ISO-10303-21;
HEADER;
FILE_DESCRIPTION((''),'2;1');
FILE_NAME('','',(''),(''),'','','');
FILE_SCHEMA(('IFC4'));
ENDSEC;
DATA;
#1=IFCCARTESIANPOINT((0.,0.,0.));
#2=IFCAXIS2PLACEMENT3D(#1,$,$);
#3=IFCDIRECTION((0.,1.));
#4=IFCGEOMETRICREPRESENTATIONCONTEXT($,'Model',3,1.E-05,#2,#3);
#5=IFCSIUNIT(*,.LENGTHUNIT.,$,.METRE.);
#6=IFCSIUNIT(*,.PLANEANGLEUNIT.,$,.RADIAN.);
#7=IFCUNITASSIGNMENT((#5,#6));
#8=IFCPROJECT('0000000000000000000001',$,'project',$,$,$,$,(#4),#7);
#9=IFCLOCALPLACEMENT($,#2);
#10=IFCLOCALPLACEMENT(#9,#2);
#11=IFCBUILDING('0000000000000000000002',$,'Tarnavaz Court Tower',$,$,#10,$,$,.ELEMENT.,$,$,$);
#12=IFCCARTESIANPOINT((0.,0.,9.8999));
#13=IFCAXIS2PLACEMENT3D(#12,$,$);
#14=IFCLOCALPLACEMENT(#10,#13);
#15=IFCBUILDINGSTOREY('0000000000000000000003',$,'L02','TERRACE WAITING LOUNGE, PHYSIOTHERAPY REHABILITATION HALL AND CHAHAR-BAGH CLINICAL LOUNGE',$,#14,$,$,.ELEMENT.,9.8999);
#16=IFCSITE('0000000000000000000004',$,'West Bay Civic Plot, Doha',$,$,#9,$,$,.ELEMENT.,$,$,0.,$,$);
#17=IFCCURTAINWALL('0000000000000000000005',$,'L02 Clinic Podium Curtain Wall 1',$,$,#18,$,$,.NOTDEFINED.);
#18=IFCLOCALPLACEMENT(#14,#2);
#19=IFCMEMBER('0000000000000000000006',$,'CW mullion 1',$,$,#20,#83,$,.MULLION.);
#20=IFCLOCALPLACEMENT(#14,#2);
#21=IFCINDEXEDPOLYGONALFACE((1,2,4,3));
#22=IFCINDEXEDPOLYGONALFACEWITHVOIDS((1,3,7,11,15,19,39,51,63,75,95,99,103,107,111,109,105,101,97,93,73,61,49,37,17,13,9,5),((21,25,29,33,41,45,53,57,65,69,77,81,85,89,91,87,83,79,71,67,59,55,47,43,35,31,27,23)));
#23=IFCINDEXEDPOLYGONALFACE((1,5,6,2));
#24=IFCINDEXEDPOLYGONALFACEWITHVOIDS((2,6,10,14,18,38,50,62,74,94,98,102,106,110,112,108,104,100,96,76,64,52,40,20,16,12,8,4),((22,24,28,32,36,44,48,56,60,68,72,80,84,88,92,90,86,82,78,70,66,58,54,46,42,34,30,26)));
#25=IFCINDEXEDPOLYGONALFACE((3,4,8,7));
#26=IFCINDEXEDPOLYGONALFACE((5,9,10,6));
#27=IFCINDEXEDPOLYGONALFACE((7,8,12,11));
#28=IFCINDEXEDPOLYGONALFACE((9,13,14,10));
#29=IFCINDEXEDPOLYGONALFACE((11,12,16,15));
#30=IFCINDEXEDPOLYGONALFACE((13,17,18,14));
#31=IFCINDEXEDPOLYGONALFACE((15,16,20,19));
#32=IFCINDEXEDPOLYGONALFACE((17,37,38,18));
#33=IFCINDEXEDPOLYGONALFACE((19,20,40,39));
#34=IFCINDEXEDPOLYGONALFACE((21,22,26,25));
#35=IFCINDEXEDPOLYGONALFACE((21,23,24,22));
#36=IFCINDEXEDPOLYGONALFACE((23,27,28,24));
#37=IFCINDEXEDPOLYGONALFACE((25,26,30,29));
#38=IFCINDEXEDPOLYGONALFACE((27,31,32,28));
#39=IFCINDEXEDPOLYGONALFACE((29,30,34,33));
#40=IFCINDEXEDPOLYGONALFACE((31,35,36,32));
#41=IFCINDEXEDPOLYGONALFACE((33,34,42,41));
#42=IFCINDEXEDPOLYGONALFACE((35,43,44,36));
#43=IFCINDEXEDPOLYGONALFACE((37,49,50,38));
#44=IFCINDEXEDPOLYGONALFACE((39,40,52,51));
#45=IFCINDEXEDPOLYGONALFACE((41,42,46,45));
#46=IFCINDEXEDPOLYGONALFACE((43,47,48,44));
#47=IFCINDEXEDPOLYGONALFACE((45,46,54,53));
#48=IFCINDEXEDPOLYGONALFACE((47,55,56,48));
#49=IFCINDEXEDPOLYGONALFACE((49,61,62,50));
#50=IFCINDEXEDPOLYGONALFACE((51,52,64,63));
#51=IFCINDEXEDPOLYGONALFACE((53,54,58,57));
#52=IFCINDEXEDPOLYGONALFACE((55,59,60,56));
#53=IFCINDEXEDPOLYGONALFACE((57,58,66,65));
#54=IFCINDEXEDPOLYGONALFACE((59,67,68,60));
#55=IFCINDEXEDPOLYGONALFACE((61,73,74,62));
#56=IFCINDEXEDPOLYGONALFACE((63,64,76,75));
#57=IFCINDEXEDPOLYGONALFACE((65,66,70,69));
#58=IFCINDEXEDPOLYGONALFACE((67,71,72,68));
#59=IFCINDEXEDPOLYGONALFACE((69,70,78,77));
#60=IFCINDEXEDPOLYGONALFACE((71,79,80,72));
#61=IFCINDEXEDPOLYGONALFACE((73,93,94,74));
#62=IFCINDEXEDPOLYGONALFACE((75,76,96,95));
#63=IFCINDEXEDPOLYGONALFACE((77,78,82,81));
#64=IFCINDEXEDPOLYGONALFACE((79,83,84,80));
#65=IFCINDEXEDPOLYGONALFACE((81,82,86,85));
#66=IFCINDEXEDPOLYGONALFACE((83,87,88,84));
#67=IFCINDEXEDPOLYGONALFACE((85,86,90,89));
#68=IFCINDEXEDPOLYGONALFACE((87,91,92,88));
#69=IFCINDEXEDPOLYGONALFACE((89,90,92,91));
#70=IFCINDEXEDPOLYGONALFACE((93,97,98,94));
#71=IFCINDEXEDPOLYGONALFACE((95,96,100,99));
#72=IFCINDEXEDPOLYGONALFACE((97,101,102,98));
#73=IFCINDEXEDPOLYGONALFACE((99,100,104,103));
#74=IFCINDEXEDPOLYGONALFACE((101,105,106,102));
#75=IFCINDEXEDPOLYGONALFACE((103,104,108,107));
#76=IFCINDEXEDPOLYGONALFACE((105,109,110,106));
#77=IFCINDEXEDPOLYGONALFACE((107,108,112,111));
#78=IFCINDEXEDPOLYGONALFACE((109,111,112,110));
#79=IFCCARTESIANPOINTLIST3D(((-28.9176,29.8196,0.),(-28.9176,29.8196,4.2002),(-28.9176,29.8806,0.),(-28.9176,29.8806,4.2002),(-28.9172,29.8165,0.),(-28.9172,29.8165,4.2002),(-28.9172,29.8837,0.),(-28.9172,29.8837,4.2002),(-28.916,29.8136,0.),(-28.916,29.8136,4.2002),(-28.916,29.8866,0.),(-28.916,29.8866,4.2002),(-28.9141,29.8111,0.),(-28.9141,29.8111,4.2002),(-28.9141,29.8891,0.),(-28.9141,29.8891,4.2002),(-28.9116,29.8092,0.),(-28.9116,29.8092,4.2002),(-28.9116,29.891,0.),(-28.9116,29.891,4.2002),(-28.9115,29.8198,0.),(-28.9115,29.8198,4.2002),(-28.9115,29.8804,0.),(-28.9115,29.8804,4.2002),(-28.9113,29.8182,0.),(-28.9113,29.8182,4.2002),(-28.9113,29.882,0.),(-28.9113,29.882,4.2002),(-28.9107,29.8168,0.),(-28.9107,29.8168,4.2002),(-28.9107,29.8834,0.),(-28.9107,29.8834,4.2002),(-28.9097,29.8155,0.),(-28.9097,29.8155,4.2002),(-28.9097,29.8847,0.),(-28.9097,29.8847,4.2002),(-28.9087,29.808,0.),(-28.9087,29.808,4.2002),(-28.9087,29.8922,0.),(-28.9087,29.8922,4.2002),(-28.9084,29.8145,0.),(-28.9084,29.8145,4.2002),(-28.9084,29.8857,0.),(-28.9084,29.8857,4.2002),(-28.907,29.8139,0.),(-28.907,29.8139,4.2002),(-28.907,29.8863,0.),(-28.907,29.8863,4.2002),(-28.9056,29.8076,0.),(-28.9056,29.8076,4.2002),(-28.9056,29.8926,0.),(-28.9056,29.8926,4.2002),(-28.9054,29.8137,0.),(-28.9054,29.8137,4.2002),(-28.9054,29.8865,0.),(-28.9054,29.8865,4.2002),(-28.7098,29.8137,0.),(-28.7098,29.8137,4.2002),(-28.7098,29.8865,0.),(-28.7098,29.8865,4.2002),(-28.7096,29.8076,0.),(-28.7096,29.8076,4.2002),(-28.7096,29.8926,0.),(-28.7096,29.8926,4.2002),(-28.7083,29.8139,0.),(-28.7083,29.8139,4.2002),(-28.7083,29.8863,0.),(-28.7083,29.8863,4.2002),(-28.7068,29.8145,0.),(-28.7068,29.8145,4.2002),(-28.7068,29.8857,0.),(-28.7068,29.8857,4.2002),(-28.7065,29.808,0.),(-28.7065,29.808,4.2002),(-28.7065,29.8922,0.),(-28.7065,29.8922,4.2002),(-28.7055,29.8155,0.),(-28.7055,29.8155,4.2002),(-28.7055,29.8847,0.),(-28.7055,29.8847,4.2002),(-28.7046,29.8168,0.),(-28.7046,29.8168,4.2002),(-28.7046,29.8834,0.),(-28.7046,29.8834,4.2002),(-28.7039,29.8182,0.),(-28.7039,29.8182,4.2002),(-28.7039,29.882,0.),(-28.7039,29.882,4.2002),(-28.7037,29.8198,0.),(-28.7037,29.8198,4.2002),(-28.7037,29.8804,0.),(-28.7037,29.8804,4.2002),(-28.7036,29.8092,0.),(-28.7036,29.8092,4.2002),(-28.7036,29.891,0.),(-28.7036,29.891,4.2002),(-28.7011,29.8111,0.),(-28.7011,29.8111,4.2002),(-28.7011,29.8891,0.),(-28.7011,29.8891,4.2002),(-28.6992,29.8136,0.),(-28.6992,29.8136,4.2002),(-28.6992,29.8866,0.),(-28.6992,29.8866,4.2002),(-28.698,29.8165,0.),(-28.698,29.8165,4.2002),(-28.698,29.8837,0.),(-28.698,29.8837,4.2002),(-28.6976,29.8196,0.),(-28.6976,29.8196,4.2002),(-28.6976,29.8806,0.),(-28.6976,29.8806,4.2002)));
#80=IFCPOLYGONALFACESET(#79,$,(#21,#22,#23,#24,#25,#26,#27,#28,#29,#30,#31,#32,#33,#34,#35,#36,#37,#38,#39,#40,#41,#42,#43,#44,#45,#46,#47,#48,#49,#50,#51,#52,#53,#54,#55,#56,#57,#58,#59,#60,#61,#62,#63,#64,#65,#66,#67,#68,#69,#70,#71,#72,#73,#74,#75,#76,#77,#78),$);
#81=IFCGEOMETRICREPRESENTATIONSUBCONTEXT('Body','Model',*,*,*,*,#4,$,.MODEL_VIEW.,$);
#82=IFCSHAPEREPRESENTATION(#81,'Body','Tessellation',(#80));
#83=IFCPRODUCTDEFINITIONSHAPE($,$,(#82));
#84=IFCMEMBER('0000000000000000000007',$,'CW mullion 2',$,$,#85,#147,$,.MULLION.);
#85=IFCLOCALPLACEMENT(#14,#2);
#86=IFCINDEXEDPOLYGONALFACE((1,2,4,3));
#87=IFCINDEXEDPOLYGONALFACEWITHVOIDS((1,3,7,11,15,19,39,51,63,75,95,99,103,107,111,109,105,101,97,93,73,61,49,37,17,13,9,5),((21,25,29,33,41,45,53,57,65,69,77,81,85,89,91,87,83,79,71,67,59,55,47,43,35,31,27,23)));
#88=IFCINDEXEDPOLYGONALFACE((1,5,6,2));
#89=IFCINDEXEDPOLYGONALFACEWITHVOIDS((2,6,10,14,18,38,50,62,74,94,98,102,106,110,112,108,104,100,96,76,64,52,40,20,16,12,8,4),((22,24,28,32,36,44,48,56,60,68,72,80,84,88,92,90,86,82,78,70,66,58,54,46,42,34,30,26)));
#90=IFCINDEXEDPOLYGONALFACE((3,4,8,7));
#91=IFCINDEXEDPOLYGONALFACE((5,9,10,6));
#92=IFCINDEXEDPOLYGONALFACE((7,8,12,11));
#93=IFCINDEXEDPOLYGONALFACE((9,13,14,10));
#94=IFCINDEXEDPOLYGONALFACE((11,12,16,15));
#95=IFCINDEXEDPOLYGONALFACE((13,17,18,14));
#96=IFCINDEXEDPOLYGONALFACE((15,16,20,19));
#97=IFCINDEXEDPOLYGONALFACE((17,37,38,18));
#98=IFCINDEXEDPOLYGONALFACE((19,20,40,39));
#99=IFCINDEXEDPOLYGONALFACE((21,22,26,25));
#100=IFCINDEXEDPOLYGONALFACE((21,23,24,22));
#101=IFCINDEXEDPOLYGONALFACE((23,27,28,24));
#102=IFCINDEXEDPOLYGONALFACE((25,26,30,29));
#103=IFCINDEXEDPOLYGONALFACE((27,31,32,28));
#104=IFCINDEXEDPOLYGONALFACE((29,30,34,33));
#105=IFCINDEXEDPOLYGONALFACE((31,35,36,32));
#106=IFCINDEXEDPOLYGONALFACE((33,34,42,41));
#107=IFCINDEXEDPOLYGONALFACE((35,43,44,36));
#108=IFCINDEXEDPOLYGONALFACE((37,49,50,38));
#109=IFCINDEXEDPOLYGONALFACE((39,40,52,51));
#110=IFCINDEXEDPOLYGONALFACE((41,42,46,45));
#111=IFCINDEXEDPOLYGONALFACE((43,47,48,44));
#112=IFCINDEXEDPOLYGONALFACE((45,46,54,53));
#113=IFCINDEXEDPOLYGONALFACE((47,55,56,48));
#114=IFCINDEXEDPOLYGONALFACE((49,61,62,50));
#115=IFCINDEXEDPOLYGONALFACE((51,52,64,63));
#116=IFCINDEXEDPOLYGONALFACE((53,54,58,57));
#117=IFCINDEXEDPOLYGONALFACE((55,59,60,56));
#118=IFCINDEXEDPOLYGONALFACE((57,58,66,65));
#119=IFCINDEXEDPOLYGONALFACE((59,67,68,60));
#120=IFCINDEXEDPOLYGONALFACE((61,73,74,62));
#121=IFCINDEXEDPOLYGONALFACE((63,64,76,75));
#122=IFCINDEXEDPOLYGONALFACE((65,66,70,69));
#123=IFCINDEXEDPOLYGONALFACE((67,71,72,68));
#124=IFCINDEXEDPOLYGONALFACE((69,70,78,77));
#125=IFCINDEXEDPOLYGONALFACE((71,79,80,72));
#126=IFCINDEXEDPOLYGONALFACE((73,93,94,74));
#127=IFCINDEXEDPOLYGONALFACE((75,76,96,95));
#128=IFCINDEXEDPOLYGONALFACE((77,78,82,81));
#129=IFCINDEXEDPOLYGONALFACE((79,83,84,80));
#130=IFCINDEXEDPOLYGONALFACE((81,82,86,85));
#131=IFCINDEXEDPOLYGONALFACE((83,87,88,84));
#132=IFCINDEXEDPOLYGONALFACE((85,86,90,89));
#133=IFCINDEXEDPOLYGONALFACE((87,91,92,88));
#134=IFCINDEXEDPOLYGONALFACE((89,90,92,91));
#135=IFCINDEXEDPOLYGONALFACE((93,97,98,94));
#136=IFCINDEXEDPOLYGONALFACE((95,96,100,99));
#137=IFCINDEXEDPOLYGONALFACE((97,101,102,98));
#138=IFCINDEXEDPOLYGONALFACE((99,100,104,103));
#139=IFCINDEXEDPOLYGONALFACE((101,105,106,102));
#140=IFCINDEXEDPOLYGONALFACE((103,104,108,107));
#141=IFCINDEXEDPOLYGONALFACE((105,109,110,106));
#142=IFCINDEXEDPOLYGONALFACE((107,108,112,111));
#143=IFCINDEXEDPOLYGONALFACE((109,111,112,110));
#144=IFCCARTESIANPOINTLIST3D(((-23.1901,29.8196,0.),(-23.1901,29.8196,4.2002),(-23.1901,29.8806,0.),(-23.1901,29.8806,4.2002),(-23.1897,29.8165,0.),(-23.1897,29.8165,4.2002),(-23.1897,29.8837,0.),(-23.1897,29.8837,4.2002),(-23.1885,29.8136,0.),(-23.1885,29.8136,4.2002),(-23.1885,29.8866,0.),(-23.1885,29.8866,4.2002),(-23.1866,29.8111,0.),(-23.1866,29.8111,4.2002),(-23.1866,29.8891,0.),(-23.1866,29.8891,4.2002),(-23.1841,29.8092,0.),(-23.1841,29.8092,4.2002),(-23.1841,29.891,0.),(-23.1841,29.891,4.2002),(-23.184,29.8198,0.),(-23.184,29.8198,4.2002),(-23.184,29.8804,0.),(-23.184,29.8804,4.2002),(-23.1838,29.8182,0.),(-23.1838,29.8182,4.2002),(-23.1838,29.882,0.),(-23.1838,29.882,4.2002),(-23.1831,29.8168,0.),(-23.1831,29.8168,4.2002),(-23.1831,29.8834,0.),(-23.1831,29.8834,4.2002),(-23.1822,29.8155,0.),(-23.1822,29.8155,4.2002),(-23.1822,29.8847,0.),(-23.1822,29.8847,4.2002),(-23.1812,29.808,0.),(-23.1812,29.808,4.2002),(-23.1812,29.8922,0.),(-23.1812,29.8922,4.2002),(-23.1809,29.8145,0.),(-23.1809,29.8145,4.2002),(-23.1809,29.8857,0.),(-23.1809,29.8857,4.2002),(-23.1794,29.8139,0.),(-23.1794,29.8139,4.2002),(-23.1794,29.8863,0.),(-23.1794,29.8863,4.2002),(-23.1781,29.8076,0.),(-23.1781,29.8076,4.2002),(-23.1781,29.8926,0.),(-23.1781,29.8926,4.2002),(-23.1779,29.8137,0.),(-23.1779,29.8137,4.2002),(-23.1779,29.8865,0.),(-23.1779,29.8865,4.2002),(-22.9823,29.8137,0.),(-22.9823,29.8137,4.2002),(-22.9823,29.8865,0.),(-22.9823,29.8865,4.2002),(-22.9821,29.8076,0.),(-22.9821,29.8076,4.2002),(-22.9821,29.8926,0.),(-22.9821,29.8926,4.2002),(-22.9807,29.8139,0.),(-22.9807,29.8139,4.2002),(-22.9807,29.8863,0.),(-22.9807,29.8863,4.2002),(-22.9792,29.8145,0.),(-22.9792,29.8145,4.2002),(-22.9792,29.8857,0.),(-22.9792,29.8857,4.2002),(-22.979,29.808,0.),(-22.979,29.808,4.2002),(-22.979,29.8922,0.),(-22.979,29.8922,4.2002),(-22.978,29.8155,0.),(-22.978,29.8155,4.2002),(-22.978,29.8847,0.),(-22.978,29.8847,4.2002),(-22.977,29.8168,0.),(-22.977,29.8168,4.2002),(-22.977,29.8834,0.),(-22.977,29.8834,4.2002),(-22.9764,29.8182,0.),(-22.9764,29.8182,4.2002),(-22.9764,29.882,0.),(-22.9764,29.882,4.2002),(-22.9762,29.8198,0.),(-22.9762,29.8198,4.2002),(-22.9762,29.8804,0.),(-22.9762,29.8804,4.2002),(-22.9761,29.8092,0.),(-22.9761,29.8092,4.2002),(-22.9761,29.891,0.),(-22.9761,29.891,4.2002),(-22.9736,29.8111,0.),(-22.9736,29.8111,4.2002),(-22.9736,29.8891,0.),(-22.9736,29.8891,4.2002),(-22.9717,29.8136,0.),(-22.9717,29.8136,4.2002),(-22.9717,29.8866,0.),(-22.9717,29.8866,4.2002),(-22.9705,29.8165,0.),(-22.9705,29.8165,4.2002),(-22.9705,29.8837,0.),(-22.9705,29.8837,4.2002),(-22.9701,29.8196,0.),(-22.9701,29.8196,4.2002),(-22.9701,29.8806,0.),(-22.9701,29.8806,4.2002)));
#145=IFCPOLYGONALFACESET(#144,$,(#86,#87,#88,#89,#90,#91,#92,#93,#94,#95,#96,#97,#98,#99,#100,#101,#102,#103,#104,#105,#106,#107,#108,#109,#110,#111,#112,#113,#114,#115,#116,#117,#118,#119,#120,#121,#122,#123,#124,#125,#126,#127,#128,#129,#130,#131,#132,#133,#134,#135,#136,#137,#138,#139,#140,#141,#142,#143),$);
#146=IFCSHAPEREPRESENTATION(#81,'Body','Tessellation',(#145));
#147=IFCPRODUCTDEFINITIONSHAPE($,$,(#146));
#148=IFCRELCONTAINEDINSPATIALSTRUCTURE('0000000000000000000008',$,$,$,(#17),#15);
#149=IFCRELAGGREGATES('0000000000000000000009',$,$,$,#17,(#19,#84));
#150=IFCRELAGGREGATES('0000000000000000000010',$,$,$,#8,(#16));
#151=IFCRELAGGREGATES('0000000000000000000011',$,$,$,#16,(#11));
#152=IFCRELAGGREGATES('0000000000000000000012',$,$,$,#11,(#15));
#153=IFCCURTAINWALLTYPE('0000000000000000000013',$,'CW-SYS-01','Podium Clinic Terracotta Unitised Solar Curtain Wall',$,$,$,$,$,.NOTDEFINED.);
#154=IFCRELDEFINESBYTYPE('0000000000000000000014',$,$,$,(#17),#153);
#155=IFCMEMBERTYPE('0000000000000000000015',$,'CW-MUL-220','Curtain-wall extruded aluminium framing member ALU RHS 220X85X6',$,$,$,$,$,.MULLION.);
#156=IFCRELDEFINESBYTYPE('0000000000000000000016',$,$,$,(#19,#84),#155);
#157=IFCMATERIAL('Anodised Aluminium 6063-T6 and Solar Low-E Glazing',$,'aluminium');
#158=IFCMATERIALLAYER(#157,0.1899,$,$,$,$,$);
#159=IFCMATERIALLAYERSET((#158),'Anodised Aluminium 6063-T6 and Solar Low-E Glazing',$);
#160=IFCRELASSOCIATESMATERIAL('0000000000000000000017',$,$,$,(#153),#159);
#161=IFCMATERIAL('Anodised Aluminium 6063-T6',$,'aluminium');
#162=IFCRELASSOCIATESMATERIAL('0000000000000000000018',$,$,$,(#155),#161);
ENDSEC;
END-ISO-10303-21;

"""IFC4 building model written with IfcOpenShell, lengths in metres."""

from ifc_helpers import new_model, si_unit, direction, frame, origin, origin_2d, place, context, subcontext, project, spatial, hollow_rectangle, extrude, material, layer, layer_set, material_profile, profile_set, type_object, element, aggregate, save


model = new_model("IFC4")

# Units and contexts
model_context = context("Model", 3, precision=1e-05, world=origin(), true_north=direction((0.0, 1.0)))
body_context = subcontext(model_context, "Body", "Model", "MODEL_VIEW")
ifc_project = project(units=[si_unit("LENGTHUNIT", "METRE"), si_unit("PLANEANGLEUNIT", "RADIAN")], contexts=[model_context])

# Site, building, storey
site_placement = place(None, origin())
site = spatial("IfcSite", under=ifc_project, at=site_placement, Name="West Bay Civic Plot, Doha", CompositionType="ELEMENT", RefElevation=0.0)
building_placement = place(site_placement, origin())
building = spatial("IfcBuilding", under=site, at=building_placement, Name="Tarnavaz Court Tower", CompositionType="ELEMENT")
storey_placement = place(building_placement, frame((0.0, 0.0, 9.8999)))
storey = spatial("IfcBuildingStorey", under=building, at=storey_placement, Name="L02", Description="TERRACE WAITING LOUNGE, PHYSIOTHERAPY REHABILITATION HALL AND CHAHAR-BAGH CLINICAL LOUNGE", CompositionType="ELEMENT", Elevation=9.8999)

# Curtain wall, members
ifc_material_1 = material(Name="Anodised Aluminium 6063-T6 and Solar Low-E Glazing", Category="aluminium")
ifc_layer_1 = layer(ifc_material_1, 0.1899)
ifc_layer_set_1 = layer_set([ifc_layer_1], Name="Anodised Aluminium 6063-T6 and Solar Low-E Glazing")
curtain_wall_type = type_object("IfcCurtainWallType", Name="CW-SYS-01", Description="Podium Clinic Terracotta Unitised Solar Curtain Wall", PredefinedType="NOTDEFINED", material=ifc_layer_set_1)
curtain_wall_placement = place(storey_placement, origin())
curtain_wall = element("IfcCurtainWall", 1, at=curtain_wall_placement, inside=storey, type_object=curtain_wall_type, Name="L02 Clinic Podium Curtain Wall 1", PredefinedType="NOTDEFINED")
ifc_material_2 = material(Name="Anodised Aluminium 6063-T6", Category="aluminium")
ifc_material_profile_1 = material_profile(ifc_material_2, hollow_rectangle(XDim=0.085, YDim=0.22, WallThickness=0.0061, InnerFilletRadius=0.0061, OuterFilletRadius=0.012, at=origin_2d()), Name="ALU RHS 220X85X6")
ifc_profile_set_1 = profile_set([ifc_material_profile_1], Name="Anodised Aluminium 6063-T6")
member_type_1 = type_object("IfcMemberType", Name="CW-MUL-220", Description="Curtain-wall extruded aluminium framing member ALU RHS 220X85X6", PredefinedType="MULLION", material=ifc_profile_set_1)
member_1_placement = place(storey_placement, frame((-28.8076, 29.8501, 0.0), z_axis=(0.0, 0.0, 1.0), x_axis=(0.0, 1.0, 0.0)))
member_1 = element("IfcMember", 2, at=member_1_placement, type_object=member_type_1, Name="CW mullion 1", PredefinedType="MULLION", context=body_context, shape_type="SweptSolid", body=[
    extrude(hollow_rectangle(XDim=0.085, YDim=0.22, WallThickness=0.0061, InnerFilletRadius=0.0061, OuterFilletRadius=0.012, at=origin_2d()), origin(), (0.0, 0.0, 1.0), 4.2002),
])
member_2_placement = place(storey_placement, frame((-23.0801, 29.8501, 0.0), z_axis=(0.0, 0.0, 1.0), x_axis=(0.0, 1.0, 0.0)))
member_2 = element("IfcMember", 3, at=member_2_placement, type_object=member_type_1, Name="CW mullion 2", PredefinedType="MULLION", context=body_context, shape_type="SweptSolid", body=[
    extrude(hollow_rectangle(XDim=0.085, YDim=0.22, WallThickness=0.0061, InnerFilletRadius=0.0061, OuterFilletRadius=0.012, at=origin_2d()), origin(), (0.0, 0.0, 1.0), 4.2002),
])
aggregate(curtain_wall, [member_1, member_2])

save(model, "model.ifc")
